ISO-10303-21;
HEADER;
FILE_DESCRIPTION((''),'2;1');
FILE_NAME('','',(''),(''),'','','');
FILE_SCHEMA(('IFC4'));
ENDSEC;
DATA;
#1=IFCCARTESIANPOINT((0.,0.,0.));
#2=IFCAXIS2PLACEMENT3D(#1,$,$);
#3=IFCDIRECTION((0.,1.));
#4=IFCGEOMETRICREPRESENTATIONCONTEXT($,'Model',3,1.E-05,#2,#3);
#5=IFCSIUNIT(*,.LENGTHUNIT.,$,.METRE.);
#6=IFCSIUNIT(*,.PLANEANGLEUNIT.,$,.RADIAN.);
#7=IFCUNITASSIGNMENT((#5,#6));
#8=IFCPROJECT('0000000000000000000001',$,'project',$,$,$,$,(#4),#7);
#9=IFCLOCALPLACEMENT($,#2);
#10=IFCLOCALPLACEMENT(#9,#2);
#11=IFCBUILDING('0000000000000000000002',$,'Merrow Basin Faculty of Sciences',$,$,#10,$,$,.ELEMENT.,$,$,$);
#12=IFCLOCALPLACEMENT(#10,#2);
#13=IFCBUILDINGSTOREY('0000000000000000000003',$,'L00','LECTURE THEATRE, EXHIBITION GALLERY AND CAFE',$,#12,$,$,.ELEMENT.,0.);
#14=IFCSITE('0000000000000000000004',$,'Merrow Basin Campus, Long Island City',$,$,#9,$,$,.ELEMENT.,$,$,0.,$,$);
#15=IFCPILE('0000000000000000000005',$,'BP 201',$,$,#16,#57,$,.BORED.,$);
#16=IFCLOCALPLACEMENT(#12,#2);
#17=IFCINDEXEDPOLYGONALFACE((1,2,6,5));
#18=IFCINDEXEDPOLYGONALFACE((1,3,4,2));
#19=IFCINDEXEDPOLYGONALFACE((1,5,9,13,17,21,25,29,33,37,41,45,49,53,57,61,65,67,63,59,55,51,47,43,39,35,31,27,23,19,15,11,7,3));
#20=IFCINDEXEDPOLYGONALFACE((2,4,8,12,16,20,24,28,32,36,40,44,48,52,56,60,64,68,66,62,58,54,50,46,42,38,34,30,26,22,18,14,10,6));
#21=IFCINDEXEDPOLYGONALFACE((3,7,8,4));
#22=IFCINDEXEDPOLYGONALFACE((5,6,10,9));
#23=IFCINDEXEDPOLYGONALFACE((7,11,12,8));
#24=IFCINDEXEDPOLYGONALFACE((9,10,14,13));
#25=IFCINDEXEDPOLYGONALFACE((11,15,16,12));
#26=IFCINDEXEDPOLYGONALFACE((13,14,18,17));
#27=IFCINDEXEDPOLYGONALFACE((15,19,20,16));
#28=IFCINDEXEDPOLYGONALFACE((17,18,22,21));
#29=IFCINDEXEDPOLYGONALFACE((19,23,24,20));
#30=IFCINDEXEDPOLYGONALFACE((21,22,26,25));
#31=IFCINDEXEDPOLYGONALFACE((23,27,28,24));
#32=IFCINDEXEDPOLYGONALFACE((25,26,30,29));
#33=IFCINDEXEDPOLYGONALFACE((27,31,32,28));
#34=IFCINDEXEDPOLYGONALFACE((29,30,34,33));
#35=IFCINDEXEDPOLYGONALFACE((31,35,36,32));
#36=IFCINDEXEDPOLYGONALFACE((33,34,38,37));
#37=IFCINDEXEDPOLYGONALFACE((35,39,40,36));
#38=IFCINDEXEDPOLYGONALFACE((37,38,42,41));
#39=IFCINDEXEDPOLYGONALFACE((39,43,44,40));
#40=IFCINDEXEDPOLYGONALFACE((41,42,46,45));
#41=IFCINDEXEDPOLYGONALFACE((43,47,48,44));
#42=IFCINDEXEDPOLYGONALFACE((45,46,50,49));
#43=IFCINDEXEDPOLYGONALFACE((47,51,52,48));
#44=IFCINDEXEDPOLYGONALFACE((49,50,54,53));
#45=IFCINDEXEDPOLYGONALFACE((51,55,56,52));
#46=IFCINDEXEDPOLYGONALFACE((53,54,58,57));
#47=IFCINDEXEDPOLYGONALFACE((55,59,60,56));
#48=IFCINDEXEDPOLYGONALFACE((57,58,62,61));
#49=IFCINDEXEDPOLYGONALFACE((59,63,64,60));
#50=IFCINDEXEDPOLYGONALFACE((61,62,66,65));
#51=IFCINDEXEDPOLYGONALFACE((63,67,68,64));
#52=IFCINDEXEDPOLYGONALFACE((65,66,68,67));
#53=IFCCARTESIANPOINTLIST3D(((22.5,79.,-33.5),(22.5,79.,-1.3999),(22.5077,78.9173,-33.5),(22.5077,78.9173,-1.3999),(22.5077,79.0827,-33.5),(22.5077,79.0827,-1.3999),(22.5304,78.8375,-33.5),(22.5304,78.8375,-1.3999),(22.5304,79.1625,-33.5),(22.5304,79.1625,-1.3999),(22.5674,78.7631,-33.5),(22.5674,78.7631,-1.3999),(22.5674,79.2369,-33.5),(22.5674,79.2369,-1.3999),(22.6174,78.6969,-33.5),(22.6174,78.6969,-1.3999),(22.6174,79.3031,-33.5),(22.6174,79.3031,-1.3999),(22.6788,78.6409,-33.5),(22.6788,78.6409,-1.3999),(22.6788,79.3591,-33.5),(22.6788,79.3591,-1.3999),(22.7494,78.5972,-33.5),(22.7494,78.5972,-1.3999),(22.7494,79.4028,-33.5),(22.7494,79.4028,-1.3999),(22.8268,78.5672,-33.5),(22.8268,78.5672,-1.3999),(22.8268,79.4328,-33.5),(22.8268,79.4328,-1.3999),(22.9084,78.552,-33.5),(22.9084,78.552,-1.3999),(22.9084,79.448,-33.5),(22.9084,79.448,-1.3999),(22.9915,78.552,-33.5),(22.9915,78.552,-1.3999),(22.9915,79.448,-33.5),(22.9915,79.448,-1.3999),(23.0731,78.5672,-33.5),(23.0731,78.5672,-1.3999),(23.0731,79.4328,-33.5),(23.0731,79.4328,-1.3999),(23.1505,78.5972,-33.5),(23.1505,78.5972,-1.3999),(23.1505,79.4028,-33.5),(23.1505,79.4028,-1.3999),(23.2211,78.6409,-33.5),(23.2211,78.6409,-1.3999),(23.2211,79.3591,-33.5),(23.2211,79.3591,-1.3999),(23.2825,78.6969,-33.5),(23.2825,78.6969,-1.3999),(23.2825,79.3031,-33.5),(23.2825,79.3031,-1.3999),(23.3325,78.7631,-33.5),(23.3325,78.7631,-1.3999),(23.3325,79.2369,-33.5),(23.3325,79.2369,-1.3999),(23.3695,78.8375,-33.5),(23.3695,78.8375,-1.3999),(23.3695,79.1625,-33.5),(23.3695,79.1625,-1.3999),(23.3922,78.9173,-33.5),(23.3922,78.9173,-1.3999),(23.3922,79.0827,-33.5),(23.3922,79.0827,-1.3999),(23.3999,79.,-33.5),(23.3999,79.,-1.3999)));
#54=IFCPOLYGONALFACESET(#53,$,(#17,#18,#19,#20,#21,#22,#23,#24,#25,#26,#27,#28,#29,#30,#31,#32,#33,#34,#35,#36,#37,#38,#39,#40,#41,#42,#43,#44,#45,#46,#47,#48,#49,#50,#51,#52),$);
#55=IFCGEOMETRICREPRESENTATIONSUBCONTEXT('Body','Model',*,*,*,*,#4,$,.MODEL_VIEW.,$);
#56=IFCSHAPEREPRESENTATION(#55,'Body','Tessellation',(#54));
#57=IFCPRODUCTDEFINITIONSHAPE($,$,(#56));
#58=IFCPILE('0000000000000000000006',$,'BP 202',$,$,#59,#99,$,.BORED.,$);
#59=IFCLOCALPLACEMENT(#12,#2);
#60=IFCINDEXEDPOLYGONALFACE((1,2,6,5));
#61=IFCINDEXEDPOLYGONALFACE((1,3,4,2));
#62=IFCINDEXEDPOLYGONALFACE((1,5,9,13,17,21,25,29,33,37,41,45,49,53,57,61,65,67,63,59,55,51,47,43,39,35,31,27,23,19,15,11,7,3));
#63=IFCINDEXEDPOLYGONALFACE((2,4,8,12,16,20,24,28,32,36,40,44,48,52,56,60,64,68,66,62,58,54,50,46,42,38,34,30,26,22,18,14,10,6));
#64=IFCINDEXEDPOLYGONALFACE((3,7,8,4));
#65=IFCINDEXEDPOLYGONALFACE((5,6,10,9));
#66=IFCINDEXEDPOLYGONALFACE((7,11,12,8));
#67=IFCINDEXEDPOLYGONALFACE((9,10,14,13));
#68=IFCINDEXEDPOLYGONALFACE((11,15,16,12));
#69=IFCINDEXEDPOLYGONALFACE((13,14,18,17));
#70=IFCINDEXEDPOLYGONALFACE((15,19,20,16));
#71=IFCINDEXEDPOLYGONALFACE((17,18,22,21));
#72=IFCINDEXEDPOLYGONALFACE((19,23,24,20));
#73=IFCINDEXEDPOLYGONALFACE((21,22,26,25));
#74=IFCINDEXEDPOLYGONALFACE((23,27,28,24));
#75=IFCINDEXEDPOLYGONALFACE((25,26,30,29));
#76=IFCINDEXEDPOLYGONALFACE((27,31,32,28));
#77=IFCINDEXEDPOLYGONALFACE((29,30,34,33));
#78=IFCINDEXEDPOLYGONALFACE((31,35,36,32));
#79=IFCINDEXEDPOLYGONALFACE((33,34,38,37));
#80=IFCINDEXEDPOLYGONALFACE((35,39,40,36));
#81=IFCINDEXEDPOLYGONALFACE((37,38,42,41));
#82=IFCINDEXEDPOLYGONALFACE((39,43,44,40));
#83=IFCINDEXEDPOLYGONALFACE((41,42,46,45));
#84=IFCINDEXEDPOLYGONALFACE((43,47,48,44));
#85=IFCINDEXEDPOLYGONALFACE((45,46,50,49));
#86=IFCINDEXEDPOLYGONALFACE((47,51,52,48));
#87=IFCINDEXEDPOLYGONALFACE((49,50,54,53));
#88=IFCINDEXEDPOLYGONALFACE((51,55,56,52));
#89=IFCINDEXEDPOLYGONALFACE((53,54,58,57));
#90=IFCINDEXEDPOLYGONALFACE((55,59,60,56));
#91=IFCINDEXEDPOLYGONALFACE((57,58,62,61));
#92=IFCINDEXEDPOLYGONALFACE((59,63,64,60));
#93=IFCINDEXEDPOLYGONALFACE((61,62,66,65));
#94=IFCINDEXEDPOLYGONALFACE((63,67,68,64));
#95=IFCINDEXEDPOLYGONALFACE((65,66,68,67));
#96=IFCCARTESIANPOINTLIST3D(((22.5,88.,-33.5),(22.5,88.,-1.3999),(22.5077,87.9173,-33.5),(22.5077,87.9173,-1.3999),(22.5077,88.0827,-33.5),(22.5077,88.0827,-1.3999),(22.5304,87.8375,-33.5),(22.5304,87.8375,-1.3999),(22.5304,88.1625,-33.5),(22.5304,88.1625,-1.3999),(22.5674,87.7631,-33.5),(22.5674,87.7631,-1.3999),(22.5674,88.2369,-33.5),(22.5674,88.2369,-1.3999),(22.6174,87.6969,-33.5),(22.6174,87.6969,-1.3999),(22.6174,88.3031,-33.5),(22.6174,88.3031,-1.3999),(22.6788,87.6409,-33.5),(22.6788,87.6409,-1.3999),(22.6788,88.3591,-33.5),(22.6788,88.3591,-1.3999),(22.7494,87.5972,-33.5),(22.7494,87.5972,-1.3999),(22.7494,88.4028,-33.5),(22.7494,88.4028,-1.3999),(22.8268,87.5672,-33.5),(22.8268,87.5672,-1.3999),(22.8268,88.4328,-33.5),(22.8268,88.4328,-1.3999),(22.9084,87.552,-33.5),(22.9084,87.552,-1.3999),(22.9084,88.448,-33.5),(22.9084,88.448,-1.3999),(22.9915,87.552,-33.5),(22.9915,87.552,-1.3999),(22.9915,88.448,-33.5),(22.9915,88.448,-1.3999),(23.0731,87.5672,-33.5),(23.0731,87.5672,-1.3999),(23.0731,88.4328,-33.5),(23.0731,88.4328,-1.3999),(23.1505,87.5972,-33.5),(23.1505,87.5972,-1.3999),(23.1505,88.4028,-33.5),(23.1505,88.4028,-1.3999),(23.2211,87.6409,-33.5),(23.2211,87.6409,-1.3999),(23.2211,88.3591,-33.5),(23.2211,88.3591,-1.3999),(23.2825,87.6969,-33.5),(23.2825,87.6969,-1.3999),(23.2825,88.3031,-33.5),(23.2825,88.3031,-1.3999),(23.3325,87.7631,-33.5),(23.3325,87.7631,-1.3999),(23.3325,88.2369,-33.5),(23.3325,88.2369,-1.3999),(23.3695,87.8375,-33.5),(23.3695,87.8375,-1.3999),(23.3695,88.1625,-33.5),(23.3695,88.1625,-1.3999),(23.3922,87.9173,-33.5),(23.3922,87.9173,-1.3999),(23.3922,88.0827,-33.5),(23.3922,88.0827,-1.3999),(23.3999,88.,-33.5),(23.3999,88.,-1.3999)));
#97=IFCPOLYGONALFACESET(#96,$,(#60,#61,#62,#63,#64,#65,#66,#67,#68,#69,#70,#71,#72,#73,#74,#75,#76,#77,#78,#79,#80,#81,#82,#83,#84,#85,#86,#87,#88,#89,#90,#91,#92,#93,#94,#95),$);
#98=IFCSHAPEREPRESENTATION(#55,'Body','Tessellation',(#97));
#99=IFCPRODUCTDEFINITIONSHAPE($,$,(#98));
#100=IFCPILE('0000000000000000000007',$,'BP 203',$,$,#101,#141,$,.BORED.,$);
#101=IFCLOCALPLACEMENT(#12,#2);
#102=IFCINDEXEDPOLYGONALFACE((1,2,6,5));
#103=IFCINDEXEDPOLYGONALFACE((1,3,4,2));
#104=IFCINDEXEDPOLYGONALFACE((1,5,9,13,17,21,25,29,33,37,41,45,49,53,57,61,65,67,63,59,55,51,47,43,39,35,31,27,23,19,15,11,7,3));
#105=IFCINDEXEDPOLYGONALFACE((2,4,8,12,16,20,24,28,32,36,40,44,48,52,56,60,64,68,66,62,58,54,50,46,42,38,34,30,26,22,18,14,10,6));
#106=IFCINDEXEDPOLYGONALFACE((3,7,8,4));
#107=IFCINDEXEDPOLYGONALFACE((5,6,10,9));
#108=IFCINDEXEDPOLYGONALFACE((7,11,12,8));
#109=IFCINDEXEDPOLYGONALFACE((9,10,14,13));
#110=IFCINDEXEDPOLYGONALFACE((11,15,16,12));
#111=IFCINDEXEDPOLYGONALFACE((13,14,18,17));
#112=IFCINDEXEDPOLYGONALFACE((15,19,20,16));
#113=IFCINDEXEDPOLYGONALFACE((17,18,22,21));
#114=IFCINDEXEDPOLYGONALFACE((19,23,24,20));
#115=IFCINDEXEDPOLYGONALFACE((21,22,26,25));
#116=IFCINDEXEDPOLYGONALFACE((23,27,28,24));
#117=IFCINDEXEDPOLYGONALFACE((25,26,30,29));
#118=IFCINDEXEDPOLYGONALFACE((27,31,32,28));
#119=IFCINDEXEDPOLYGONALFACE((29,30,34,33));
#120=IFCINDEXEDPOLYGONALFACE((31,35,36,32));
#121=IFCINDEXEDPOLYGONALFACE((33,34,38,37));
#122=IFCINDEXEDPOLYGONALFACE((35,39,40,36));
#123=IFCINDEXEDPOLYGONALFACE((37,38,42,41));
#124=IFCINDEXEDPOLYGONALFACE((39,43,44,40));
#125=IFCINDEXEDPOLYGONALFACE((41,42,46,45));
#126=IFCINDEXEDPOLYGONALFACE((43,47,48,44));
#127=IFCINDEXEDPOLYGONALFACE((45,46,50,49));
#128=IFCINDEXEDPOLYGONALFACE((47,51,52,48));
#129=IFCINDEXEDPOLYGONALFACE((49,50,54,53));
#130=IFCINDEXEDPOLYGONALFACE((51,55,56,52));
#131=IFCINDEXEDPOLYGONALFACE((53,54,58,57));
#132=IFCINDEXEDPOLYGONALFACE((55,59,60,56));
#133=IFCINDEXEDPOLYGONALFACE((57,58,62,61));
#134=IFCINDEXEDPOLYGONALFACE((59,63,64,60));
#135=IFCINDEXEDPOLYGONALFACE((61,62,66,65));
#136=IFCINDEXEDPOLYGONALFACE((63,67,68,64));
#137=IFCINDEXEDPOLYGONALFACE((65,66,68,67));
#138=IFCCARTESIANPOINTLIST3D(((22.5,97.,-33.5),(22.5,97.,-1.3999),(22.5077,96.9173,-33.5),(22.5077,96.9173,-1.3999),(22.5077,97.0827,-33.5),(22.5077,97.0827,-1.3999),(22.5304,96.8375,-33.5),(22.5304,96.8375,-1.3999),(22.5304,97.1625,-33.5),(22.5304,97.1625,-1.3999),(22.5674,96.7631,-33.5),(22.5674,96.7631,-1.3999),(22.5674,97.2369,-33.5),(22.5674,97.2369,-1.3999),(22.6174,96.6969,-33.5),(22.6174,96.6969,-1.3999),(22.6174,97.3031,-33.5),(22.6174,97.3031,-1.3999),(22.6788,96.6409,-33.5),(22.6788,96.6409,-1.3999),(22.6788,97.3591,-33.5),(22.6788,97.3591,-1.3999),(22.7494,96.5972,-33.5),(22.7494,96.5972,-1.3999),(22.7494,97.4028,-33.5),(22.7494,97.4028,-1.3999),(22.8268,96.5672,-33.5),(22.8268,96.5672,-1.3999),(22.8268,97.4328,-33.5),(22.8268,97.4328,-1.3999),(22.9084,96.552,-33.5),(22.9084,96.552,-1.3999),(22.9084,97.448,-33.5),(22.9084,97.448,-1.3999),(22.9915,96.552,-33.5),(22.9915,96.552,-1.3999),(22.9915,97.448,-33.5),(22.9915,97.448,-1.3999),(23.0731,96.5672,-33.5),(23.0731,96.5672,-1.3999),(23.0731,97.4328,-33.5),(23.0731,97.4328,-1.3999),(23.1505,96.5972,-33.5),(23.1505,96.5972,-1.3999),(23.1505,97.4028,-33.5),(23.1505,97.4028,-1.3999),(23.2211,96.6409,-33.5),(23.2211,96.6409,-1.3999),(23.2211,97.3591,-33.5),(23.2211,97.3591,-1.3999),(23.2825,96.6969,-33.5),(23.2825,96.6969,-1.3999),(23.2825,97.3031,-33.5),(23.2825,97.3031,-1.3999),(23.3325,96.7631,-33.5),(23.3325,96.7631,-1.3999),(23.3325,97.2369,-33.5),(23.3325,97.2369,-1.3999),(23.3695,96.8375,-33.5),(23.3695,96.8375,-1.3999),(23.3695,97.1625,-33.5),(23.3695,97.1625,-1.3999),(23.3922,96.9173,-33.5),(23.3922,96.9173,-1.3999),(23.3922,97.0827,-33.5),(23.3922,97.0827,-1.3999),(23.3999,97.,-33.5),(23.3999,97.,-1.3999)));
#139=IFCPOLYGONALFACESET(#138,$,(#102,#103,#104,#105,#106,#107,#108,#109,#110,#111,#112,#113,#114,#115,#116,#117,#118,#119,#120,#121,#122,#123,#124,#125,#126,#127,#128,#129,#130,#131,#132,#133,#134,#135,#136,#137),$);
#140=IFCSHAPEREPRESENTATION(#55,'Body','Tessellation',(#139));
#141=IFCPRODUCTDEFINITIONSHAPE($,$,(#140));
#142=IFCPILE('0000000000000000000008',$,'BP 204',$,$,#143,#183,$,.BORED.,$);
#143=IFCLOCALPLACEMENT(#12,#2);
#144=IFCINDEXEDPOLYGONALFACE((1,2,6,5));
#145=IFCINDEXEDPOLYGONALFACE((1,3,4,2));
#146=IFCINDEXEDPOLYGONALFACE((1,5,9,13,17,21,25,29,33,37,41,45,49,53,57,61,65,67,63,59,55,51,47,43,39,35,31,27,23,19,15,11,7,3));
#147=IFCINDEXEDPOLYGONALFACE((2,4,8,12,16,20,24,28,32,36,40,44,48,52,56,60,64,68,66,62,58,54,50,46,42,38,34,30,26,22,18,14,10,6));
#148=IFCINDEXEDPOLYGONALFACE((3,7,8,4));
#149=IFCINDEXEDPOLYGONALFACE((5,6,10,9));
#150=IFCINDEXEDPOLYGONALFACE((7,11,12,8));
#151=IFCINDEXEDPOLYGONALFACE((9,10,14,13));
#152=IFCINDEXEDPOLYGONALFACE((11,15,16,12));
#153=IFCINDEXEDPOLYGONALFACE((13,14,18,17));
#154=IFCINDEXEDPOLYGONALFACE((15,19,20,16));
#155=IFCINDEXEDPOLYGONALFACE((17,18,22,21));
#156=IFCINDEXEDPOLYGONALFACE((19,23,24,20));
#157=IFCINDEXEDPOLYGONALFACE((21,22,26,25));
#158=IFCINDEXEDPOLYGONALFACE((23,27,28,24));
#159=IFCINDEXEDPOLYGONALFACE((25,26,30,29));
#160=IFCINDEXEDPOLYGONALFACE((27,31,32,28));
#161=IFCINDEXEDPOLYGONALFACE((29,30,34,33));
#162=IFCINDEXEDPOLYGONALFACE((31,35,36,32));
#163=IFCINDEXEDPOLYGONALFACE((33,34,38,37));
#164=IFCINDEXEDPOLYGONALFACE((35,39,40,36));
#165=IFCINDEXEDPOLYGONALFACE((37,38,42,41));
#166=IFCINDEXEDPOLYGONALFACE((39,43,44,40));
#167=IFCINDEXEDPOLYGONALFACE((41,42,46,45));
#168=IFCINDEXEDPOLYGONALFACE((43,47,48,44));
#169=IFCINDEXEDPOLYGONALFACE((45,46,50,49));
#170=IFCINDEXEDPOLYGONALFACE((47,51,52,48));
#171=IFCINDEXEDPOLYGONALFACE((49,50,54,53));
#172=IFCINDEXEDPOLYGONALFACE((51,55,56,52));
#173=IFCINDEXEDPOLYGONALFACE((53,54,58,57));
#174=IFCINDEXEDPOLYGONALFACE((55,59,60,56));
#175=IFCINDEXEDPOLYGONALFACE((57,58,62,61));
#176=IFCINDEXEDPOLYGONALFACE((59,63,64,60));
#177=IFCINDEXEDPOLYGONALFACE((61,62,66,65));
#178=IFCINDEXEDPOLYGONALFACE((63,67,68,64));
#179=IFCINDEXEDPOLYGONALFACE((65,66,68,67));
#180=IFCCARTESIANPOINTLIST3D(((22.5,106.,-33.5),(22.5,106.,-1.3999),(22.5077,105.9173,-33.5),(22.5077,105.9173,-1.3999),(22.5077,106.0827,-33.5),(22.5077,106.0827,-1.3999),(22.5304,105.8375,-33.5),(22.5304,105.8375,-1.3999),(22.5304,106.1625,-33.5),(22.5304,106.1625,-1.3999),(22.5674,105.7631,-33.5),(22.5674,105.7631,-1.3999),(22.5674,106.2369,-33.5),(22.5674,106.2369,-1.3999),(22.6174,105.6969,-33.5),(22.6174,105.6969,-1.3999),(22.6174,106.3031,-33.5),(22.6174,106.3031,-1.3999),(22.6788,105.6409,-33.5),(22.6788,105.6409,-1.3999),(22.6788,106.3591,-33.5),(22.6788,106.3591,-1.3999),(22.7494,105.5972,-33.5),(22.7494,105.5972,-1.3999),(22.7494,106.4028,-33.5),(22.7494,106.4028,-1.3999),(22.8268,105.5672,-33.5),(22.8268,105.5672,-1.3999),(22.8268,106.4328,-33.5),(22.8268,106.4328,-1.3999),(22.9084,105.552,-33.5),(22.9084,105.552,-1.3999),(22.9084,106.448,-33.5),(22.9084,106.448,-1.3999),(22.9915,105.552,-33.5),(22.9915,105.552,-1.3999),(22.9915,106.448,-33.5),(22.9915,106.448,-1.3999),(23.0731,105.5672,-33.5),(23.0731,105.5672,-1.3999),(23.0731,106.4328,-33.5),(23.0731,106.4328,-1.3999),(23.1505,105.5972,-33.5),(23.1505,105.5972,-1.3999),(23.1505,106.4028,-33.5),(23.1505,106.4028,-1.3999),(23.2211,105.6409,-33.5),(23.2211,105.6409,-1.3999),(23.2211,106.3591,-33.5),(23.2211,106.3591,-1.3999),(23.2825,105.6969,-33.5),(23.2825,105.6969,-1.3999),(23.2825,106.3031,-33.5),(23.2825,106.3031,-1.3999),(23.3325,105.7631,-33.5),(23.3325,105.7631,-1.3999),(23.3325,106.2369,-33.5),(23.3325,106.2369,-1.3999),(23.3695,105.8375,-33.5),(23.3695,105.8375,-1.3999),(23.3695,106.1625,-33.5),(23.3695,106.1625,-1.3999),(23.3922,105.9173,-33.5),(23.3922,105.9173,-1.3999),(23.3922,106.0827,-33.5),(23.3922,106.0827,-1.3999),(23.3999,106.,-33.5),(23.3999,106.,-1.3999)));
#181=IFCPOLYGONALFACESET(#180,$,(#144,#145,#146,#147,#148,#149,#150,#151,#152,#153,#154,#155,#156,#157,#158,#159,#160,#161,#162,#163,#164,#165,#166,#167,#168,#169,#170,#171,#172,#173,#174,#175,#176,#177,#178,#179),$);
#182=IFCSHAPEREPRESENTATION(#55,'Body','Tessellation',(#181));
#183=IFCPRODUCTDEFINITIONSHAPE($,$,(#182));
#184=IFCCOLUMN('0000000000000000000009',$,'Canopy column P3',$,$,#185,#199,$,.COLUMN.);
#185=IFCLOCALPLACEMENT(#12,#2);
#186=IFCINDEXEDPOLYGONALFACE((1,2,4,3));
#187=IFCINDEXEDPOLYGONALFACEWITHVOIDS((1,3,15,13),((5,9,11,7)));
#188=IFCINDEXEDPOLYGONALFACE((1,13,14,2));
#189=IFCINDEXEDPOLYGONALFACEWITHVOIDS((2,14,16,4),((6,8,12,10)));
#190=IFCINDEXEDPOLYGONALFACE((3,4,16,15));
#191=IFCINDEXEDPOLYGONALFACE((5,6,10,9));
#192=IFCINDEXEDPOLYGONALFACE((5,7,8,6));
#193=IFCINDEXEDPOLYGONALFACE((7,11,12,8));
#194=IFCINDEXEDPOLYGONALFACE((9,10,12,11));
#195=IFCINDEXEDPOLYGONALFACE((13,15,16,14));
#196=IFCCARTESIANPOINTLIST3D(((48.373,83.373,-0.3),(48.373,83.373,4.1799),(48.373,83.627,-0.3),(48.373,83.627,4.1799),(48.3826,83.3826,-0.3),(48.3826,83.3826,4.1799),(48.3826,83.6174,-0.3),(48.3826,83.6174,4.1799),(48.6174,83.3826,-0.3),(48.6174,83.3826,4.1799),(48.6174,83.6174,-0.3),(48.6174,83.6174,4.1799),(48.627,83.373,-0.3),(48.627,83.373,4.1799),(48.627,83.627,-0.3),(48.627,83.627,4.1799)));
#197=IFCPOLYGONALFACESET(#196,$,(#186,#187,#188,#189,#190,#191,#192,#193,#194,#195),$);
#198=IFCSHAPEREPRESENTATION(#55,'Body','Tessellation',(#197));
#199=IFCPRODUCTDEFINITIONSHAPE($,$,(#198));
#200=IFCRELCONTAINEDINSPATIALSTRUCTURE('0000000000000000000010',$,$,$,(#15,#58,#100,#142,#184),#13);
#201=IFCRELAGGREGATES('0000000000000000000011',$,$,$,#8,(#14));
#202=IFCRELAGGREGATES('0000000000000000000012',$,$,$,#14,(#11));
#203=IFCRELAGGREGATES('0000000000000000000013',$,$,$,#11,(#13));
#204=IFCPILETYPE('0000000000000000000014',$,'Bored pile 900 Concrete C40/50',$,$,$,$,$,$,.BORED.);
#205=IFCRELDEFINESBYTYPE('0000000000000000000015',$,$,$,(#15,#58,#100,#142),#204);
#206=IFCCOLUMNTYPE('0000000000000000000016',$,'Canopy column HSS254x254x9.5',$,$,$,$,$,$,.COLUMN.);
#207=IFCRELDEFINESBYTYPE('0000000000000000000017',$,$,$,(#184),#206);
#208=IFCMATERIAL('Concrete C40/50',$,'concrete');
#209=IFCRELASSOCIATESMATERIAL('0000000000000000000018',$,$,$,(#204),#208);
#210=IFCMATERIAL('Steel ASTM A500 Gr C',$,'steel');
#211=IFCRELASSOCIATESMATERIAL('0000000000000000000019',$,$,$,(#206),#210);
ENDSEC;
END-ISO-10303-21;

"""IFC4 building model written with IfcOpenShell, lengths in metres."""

from ifc_helpers import new_model, si_unit, direction, frame, origin, origin_2d, place, context, subcontext, project, spatial, hollow_rectangle, circle, extrude, material, material_profile, profile_set, type_object, element, save


model = new_model("IFC4")

# Units and contexts
model_context = context("Model", 3, precision=1e-05, world=origin(), true_north=direction((0.0, 1.0)))
body_context = subcontext(model_context, "Body", "Model", "MODEL_VIEW")
ifc_project = project(units=[si_unit("LENGTHUNIT", "METRE"), si_unit("PLANEANGLEUNIT", "RADIAN")], contexts=[model_context])

# Site, building, storey
site_placement = place(None, origin())
site = spatial("IfcSite", under=ifc_project, at=site_placement, Name="Merrow Basin Campus, Long Island City", CompositionType="ELEMENT", RefElevation=0.0)
building_placement = place(site_placement, origin())
building = spatial("IfcBuilding", under=site, at=building_placement, Name="Merrow Basin Faculty of Sciences", CompositionType="ELEMENT")
storey_placement = place(building_placement, origin())
storey = spatial("IfcBuildingStorey", under=building, at=storey_placement, Name="L00", Description="LECTURE THEATRE, EXHIBITION GALLERY AND CAFE", CompositionType="ELEMENT", Elevation=0.0)

# Piles
ifc_material_1 = material(Name="Concrete C40/50", Category="concrete")
ifc_material_profile_1 = material_profile(ifc_material_1, circle(Radius=0.45, at=origin_2d()))
ifc_profile_set_1 = profile_set([ifc_material_profile_1], Name="Concrete C40/50")
pile_type_1 = type_object("IfcPileType", Name="Bored pile 900 Concrete C40/50", PredefinedType="BORED", material=ifc_profile_set_1)
for number, where, z_axis, x_axis, name in (
    (1, (22.95, 79.0, -1.3999), (0.0, 0.0, -1.0), (1.0, 0.0, 0.0), "BP 201"),
    (2, (22.95, 88.0, -1.3999), (0.0, 0.0, -1.0), (1.0, 0.0, 0.0), "BP 202"),
    (3, (22.95, 97.0, -1.3999), (0.0, 0.0, -1.0), (1.0, 0.0, 0.0), "BP 203"),
    (4, (22.95, 106.0, -1.3999), (0.0, 0.0, -1.0), (1.0, 0.0, 0.0), "BP 204"),
):
    element("IfcPile", number, at=place(storey_placement, frame(where, z_axis=z_axis, x_axis=x_axis)), inside=storey, type_object=pile_type_1, Name=name, PredefinedType="BORED", context=body_context, shape_type="SweptSolid", body=[
        extrude(circle(Radius=0.45, at=origin_2d()), origin(), (0.0, 0.0, 1.0), 32.1001),
    ])

# Column
ifc_material_2 = material(Name="Steel ASTM A500 Gr C", Category="steel")
ifc_material_profile_2 = material_profile(ifc_material_2, hollow_rectangle(XDim=0.2539, YDim=0.2539, WallThickness=0.0095, at=origin_2d()))
ifc_profile_set_2 = profile_set([ifc_material_profile_2], Name="Steel ASTM A500 Gr C")
column_type_1 = type_object("IfcColumnType", Name="Canopy column HSS254x254x9.5", PredefinedType="COLUMN", material=ifc_profile_set_2)
for number, where, z_axis, x_axis, name in (
    (5, (48.5, 83.5, -0.3), (0.0, 0.0, 1.0), (1.0, 0.0, 0.0), "Canopy column P3"),
):
    element("IfcColumn", number, at=place(storey_placement, frame(where, z_axis=z_axis, x_axis=x_axis)), inside=storey, type_object=column_type_1, Name=name, PredefinedType="COLUMN", context=body_context, shape_type="SweptSolid", body=[
        extrude(hollow_rectangle(XDim=0.2539, YDim=0.2539, WallThickness=0.0095, at=origin_2d()), origin(), (0.0, 0.0, 1.0), 4.48),
    ])

save(model, "model.ifc")
